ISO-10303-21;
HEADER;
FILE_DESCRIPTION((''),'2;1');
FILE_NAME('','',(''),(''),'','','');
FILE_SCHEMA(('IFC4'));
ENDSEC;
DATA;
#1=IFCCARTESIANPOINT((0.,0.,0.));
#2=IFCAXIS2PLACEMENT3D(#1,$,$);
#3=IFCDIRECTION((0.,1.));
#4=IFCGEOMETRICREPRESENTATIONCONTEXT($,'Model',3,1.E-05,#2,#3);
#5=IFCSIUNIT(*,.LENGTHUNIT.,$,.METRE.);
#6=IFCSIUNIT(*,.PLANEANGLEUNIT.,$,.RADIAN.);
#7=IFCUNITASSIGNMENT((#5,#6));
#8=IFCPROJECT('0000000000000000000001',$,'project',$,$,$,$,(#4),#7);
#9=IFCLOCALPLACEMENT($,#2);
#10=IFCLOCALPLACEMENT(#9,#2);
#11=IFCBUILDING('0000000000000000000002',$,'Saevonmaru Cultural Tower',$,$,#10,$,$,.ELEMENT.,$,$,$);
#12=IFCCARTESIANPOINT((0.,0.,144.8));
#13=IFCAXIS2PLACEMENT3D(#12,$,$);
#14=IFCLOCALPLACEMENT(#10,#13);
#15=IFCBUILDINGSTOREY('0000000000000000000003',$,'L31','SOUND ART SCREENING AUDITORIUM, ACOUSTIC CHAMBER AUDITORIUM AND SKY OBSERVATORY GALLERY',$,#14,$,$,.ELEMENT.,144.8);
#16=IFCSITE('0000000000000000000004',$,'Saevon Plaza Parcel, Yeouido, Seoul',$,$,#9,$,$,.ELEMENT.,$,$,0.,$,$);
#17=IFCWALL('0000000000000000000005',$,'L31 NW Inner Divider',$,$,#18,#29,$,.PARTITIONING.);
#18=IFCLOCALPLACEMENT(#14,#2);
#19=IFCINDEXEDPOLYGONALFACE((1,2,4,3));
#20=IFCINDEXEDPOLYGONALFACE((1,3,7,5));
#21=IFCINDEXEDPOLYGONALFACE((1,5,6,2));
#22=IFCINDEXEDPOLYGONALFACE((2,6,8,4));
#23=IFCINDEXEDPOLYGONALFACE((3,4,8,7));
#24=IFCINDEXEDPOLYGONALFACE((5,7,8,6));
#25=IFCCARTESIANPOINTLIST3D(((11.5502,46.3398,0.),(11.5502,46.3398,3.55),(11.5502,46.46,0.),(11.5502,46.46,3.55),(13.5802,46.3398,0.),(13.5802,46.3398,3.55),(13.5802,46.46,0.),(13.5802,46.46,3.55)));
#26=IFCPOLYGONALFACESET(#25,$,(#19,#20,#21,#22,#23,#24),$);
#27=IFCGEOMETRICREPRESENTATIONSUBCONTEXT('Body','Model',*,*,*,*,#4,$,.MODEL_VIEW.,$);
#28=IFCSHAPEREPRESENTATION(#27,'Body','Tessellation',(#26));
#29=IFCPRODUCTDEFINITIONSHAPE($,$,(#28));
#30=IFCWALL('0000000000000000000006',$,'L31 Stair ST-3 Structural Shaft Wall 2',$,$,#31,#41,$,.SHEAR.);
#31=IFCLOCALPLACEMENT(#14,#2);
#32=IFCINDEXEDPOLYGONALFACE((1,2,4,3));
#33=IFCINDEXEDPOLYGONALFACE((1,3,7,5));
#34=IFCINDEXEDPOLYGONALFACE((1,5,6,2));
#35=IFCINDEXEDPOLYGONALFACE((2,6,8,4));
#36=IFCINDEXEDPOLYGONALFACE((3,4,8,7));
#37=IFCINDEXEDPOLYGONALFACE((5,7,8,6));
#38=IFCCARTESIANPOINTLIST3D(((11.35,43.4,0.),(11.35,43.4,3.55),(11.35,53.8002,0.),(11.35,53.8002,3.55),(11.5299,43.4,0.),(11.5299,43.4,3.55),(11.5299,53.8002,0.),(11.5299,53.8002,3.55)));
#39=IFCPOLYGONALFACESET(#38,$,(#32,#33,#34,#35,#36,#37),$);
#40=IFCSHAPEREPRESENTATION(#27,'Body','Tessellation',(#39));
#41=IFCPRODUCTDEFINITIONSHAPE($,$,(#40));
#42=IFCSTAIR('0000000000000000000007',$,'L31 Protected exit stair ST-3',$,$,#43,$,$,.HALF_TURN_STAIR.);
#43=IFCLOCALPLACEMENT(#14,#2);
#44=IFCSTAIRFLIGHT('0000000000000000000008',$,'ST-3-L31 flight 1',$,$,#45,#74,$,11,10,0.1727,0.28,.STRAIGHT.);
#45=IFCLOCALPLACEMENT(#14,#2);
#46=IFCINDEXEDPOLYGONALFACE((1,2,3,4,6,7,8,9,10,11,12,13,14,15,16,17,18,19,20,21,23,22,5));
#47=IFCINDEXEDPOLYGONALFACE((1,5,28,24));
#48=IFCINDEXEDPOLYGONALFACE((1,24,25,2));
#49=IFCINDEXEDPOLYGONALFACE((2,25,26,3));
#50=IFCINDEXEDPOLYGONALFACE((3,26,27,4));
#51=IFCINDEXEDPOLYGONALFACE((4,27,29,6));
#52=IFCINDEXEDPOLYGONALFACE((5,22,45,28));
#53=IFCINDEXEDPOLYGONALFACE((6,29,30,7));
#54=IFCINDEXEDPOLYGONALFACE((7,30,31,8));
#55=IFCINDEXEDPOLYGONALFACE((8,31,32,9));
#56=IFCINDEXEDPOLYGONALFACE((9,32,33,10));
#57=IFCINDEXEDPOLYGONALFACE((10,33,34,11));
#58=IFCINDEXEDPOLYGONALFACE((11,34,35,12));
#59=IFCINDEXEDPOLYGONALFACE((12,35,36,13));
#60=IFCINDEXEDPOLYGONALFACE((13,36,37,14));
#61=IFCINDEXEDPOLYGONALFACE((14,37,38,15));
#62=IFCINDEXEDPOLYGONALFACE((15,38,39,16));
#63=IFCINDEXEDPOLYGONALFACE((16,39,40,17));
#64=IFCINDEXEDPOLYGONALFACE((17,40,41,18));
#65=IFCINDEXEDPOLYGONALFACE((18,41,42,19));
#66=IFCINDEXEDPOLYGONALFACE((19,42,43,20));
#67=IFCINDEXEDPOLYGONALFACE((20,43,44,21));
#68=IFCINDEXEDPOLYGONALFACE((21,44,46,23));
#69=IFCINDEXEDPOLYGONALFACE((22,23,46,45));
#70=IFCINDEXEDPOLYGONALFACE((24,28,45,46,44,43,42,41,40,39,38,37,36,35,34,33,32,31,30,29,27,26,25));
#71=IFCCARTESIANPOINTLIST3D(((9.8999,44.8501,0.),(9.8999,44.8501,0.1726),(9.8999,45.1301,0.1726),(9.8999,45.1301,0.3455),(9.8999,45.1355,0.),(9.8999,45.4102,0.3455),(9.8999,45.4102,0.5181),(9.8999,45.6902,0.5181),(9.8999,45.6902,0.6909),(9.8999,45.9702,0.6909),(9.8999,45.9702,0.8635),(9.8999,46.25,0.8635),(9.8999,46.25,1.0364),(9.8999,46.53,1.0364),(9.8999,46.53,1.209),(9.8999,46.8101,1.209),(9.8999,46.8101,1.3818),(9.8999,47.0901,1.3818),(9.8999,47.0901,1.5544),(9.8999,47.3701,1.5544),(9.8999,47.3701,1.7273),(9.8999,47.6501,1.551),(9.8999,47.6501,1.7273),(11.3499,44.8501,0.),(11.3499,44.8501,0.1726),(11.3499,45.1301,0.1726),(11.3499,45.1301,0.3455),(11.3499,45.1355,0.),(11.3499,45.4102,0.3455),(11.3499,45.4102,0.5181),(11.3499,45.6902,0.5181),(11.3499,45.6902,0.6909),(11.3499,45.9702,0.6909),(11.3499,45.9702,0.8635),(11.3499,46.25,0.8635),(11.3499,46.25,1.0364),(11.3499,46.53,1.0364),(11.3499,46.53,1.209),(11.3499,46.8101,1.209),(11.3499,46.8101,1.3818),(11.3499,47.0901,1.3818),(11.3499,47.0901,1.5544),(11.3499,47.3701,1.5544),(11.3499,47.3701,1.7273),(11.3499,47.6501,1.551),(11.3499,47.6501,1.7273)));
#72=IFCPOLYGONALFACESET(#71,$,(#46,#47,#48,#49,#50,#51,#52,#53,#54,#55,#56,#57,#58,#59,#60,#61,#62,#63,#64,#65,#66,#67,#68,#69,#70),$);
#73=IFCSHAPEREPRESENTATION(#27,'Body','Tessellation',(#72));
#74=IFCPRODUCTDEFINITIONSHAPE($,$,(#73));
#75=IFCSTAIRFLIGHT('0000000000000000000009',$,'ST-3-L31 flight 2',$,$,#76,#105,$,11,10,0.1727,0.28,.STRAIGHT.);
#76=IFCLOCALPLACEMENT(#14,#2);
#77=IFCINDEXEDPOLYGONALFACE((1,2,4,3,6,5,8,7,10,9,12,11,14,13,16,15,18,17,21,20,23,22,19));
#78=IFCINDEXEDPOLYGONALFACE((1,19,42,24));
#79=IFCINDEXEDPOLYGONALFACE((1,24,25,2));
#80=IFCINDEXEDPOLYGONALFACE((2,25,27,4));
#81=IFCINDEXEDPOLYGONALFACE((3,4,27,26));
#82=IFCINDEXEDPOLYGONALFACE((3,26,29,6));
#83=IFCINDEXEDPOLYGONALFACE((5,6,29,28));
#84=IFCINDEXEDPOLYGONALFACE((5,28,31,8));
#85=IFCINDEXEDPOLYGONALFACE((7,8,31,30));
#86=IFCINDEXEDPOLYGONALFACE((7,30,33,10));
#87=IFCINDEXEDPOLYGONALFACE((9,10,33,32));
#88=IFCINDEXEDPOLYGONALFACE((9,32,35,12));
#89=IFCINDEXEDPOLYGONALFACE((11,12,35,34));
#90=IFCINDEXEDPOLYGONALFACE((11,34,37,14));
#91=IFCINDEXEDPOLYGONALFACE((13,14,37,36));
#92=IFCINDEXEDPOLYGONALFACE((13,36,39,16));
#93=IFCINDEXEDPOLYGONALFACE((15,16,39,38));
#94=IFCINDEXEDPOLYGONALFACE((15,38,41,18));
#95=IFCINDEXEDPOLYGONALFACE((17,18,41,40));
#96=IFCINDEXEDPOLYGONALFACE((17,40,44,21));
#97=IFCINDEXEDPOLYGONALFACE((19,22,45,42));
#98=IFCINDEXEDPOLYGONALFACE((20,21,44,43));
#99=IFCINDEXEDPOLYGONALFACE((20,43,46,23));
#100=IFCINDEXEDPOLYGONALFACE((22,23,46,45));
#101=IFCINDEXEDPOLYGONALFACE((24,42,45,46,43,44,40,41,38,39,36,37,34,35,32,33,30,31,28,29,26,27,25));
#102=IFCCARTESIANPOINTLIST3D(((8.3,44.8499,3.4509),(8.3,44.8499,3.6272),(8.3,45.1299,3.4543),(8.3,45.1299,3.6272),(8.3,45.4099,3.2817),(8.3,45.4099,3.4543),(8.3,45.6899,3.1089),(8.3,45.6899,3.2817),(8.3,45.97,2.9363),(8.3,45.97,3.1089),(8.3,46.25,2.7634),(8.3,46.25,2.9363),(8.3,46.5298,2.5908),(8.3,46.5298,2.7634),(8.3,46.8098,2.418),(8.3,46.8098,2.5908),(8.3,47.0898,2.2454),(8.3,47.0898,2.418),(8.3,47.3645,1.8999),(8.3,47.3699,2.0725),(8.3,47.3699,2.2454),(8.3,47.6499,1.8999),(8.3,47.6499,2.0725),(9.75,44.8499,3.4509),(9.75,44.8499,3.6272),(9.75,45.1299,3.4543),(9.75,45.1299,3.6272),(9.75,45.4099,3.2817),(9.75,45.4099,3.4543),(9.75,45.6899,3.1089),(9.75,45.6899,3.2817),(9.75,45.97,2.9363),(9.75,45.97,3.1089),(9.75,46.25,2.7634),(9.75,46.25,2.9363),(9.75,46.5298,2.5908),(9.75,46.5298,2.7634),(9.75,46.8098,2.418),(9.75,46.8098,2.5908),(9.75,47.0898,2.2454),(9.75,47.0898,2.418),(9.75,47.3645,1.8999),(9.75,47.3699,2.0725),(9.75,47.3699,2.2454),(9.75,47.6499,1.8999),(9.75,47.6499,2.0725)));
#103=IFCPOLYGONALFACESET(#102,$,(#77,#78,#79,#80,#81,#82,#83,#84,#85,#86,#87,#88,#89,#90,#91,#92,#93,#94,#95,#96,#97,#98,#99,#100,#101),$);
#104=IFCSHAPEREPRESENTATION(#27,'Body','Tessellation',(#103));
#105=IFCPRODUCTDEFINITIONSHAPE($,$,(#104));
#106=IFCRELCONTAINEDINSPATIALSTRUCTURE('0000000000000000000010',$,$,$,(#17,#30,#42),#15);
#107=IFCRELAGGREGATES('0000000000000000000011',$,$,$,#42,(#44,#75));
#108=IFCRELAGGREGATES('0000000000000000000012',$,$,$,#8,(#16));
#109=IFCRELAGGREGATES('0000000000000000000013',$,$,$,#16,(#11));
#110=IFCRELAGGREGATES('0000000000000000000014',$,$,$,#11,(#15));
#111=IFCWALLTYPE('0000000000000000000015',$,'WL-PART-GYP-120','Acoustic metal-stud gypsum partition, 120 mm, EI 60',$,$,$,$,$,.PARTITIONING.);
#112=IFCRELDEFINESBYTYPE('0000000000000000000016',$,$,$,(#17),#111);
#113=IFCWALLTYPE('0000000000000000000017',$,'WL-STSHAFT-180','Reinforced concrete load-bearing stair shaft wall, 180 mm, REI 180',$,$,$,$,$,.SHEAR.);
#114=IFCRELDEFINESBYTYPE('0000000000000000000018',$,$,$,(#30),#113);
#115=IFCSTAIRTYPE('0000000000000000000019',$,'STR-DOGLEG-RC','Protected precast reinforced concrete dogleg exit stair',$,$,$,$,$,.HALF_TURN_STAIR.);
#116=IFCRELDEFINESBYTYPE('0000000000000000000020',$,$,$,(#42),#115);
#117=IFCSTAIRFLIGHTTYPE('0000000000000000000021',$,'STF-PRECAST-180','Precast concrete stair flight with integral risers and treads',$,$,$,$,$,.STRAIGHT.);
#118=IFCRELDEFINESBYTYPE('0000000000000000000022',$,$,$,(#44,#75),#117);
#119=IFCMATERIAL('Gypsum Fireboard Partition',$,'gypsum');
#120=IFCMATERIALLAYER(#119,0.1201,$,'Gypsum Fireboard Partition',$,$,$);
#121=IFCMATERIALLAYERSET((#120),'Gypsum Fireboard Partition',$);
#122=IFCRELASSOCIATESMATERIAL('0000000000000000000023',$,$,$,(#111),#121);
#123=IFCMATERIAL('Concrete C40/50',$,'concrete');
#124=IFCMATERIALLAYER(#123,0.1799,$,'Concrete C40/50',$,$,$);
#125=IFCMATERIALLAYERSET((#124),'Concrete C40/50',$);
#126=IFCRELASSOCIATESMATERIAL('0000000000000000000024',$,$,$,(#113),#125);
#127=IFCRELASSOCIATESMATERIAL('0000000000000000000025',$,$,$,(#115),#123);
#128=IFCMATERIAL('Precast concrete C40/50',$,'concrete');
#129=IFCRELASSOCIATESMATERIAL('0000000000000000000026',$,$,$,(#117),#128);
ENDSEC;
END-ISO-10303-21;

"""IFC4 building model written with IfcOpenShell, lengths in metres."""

from ifc_helpers import new_model, si_unit, direction, frame, frame_2d, origin, place, context, subcontext, project, spatial, polyline, rectangle, outline, extrude, material, layer, layer_set, type_object, element, aggregate, save


model = new_model("IFC4")

# Units and contexts
model_context = context("Model", 3, precision=1e-05, world=origin(), true_north=direction((0.0, 1.0)))
body_context = subcontext(model_context, "Body", "Model", "MODEL_VIEW")
ifc_project = project(units=[si_unit("LENGTHUNIT", "METRE"), si_unit("PLANEANGLEUNIT", "RADIAN")], contexts=[model_context])

# Site, building, storey
site_placement = place(None, origin())
site = spatial("IfcSite", under=ifc_project, at=site_placement, Name="Saevon Plaza Parcel, Yeouido, Seoul", CompositionType="ELEMENT", RefElevation=0.0)
building_placement = place(site_placement, origin())
building = spatial("IfcBuilding", under=site, at=building_placement, Name="Saevonmaru Cultural Tower", CompositionType="ELEMENT")
storey_placement = place(building_placement, frame((0.0, 0.0, 144.8)))
storey = spatial("IfcBuildingStorey", under=building, at=storey_placement, Name="L31", Description="SOUND ART SCREENING AUDITORIUM, ACOUSTIC CHAMBER AUDITORIUM AND SKY OBSERVATORY GALLERY", CompositionType="ELEMENT", Elevation=144.8)

# Shared definitions
ifc_material_1 = material(Name="Gypsum Fireboard Partition", Category="gypsum")

# Wall
ifc_layer_1 = layer(ifc_material_1, 0.1201, Name="Gypsum Fireboard Partition")
ifc_layer_set_1 = layer_set([ifc_layer_1], Name="Gypsum Fireboard Partition")
wall_type_1 = type_object("IfcWallType", Name="WL-PART-GYP-120", Description="Acoustic metal-stud gypsum partition, 120 mm, EI 60", PredefinedType="PARTITIONING", material=ifc_layer_set_1)
wall_1_placement = place(storey_placement, frame((11.55, 46.3999, 0.0), z_axis=(0.0, 0.0, 1.0), x_axis=(1.0, 0.0, 0.0)))
element("IfcWall", 1, at=wall_1_placement, inside=storey, type_object=wall_type_1, Name="L31 NW Inner Divider", PredefinedType="PARTITIONING", context=body_context, shape_type="SweptSolid", body=[
    extrude(rectangle(XDim=2.03, YDim=0.1201, at=frame_2d((1.0151, 0.0))), origin(), (0.0, 0.0, 1.0), 3.55),
])

# Shared definitions
ifc_material_2 = material(Name="Concrete C40/50", Category="concrete")
ifc_layer_2 = layer(ifc_material_2, 0.1799, Name="Concrete C40/50")
ifc_layer_set_2 = layer_set([ifc_layer_2], Name="Concrete C40/50")
wall_type_2 = type_object("IfcWallType", Name="WL-STSHAFT-180", Description="Reinforced concrete load-bearing stair shaft wall, 180 mm, REI 180", PredefinedType="SHEAR", material=ifc_layer_set_2)

# Wall
wall_2_placement = place(storey_placement, frame((11.4399, 43.3999, 0.0), z_axis=(0.0, 0.0, 1.0), x_axis=(0.0, 1.0, 0.0)))
element("IfcWall", 2, at=wall_2_placement, inside=storey, type_object=wall_type_2, Name="L31 Stair ST-3 Structural Shaft Wall 2", PredefinedType="SHEAR", context=body_context, shape_type="SweptSolid", body=[
    extrude(rectangle(XDim=10.4001, YDim=0.1799, at=frame_2d((5.2002, 0.0))), origin(), (0.0, 0.0, 1.0), 3.55),
])

# Stair, stair flights
stair_type = type_object("IfcStairType", Name="STR-DOGLEG-RC", Description="Protected precast reinforced concrete dogleg exit stair", PredefinedType="HALF_TURN_STAIR", material=ifc_material_2)
stair_placement = place(storey_placement, origin())
stair = element("IfcStair", 3, at=stair_placement, inside=storey, type_object=stair_type, Name="L31 Protected exit stair ST-3", PredefinedType="HALF_TURN_STAIR")
ifc_material_3 = material(Name="Precast concrete C40/50", Category="concrete")
stair_flight_type = type_object("IfcStairFlightType", Name="STF-PRECAST-180", Description="Precast concrete stair flight with integral risers and treads", PredefinedType="STRAIGHT", material=ifc_material_3)
stair_flight_1_placement = place(storey_placement, frame((10.625, 44.8501, 0.0), z_axis=(0.0, 0.0, 1.0), x_axis=(0.0, 1.0, 0.0)))
stair_flight_1 = element("IfcStairFlight", 4, at=stair_flight_1_placement, type_object=stair_flight_type, Name="ST-3-L31 flight 1", NumberOfRisers=11, NumberOfTreads=10, PredefinedType="STRAIGHT", RiserHeight=0.1727, TreadLength=0.28, context=body_context, shape_type="SweptSolid", body=[
    extrude(outline(polyline([(0.0, 0.0), (0.0, 0.1726), (0.28, 0.1726), (0.28, 0.3455), (0.5601, 0.3455), (0.5601, 0.5181), (0.8401, 0.5181), (0.8401, 0.6909), (1.1201, 0.6909), (1.1201, 0.8635), (1.3999, 0.8635), (1.3999, 1.0364), (1.6799, 1.0364), (1.6799, 1.209), (1.96, 1.209), (1.96, 1.3818), (2.24, 1.3818), (2.24, 1.5544), (2.52, 1.5544), (2.52, 1.7273), (2.8, 1.7273), (2.8, 1.8999), (2.8, 1.551), (0.2854, 0.0), (0.0, 0.0)])), frame((0.0, 0.7251, 0.0), z_axis=(0.0, -1.0, 0.0), x_axis=(1.0, 0.0, 0.0)), (0.0, 0.0, 1.0), 1.45),
])
stair_flight_2_placement = place(storey_placement, frame((9.0249, 47.6499, 1.8999), z_axis=(0.0, 0.0, 1.0), x_axis=(0.0, -1.0, 0.0)))
stair_flight_2 = element("IfcStairFlight", 5, at=stair_flight_2_placement, type_object=stair_flight_type, Name="ST-3-L31 flight 2", NumberOfRisers=11, NumberOfTreads=10, PredefinedType="STRAIGHT", RiserHeight=0.1727, TreadLength=0.28, context=body_context, shape_type="SweptSolid", body=[
    extrude(outline(polyline([(0.0, 0.0), (0.0, 0.1726), (0.28, 0.1726), (0.28, 0.3455), (0.5601, 0.3455), (0.5601, 0.5181), (0.8401, 0.5181), (0.8401, 0.6909), (1.1201, 0.6909), (1.1201, 0.8635), (1.3999, 0.8635), (1.3999, 1.0364), (1.6799, 1.0364), (1.6799, 1.209), (1.96, 1.209), (1.96, 1.3818), (2.24, 1.3818), (2.24, 1.5544), (2.52, 1.5544), (2.52, 1.7273), (2.8, 1.7273), (2.8, 1.8999), (2.8, 1.551), (0.2854, 0.0), (0.0, 0.0)])), frame((0.0, 0.7251, 0.0), z_axis=(0.0, -1.0, 0.0), x_axis=(1.0, 0.0, 0.0)), (0.0, 0.0, 1.0), 1.45),
])
aggregate(stair, [stair_flight_1, stair_flight_2])

save(model, "model.ifc")
